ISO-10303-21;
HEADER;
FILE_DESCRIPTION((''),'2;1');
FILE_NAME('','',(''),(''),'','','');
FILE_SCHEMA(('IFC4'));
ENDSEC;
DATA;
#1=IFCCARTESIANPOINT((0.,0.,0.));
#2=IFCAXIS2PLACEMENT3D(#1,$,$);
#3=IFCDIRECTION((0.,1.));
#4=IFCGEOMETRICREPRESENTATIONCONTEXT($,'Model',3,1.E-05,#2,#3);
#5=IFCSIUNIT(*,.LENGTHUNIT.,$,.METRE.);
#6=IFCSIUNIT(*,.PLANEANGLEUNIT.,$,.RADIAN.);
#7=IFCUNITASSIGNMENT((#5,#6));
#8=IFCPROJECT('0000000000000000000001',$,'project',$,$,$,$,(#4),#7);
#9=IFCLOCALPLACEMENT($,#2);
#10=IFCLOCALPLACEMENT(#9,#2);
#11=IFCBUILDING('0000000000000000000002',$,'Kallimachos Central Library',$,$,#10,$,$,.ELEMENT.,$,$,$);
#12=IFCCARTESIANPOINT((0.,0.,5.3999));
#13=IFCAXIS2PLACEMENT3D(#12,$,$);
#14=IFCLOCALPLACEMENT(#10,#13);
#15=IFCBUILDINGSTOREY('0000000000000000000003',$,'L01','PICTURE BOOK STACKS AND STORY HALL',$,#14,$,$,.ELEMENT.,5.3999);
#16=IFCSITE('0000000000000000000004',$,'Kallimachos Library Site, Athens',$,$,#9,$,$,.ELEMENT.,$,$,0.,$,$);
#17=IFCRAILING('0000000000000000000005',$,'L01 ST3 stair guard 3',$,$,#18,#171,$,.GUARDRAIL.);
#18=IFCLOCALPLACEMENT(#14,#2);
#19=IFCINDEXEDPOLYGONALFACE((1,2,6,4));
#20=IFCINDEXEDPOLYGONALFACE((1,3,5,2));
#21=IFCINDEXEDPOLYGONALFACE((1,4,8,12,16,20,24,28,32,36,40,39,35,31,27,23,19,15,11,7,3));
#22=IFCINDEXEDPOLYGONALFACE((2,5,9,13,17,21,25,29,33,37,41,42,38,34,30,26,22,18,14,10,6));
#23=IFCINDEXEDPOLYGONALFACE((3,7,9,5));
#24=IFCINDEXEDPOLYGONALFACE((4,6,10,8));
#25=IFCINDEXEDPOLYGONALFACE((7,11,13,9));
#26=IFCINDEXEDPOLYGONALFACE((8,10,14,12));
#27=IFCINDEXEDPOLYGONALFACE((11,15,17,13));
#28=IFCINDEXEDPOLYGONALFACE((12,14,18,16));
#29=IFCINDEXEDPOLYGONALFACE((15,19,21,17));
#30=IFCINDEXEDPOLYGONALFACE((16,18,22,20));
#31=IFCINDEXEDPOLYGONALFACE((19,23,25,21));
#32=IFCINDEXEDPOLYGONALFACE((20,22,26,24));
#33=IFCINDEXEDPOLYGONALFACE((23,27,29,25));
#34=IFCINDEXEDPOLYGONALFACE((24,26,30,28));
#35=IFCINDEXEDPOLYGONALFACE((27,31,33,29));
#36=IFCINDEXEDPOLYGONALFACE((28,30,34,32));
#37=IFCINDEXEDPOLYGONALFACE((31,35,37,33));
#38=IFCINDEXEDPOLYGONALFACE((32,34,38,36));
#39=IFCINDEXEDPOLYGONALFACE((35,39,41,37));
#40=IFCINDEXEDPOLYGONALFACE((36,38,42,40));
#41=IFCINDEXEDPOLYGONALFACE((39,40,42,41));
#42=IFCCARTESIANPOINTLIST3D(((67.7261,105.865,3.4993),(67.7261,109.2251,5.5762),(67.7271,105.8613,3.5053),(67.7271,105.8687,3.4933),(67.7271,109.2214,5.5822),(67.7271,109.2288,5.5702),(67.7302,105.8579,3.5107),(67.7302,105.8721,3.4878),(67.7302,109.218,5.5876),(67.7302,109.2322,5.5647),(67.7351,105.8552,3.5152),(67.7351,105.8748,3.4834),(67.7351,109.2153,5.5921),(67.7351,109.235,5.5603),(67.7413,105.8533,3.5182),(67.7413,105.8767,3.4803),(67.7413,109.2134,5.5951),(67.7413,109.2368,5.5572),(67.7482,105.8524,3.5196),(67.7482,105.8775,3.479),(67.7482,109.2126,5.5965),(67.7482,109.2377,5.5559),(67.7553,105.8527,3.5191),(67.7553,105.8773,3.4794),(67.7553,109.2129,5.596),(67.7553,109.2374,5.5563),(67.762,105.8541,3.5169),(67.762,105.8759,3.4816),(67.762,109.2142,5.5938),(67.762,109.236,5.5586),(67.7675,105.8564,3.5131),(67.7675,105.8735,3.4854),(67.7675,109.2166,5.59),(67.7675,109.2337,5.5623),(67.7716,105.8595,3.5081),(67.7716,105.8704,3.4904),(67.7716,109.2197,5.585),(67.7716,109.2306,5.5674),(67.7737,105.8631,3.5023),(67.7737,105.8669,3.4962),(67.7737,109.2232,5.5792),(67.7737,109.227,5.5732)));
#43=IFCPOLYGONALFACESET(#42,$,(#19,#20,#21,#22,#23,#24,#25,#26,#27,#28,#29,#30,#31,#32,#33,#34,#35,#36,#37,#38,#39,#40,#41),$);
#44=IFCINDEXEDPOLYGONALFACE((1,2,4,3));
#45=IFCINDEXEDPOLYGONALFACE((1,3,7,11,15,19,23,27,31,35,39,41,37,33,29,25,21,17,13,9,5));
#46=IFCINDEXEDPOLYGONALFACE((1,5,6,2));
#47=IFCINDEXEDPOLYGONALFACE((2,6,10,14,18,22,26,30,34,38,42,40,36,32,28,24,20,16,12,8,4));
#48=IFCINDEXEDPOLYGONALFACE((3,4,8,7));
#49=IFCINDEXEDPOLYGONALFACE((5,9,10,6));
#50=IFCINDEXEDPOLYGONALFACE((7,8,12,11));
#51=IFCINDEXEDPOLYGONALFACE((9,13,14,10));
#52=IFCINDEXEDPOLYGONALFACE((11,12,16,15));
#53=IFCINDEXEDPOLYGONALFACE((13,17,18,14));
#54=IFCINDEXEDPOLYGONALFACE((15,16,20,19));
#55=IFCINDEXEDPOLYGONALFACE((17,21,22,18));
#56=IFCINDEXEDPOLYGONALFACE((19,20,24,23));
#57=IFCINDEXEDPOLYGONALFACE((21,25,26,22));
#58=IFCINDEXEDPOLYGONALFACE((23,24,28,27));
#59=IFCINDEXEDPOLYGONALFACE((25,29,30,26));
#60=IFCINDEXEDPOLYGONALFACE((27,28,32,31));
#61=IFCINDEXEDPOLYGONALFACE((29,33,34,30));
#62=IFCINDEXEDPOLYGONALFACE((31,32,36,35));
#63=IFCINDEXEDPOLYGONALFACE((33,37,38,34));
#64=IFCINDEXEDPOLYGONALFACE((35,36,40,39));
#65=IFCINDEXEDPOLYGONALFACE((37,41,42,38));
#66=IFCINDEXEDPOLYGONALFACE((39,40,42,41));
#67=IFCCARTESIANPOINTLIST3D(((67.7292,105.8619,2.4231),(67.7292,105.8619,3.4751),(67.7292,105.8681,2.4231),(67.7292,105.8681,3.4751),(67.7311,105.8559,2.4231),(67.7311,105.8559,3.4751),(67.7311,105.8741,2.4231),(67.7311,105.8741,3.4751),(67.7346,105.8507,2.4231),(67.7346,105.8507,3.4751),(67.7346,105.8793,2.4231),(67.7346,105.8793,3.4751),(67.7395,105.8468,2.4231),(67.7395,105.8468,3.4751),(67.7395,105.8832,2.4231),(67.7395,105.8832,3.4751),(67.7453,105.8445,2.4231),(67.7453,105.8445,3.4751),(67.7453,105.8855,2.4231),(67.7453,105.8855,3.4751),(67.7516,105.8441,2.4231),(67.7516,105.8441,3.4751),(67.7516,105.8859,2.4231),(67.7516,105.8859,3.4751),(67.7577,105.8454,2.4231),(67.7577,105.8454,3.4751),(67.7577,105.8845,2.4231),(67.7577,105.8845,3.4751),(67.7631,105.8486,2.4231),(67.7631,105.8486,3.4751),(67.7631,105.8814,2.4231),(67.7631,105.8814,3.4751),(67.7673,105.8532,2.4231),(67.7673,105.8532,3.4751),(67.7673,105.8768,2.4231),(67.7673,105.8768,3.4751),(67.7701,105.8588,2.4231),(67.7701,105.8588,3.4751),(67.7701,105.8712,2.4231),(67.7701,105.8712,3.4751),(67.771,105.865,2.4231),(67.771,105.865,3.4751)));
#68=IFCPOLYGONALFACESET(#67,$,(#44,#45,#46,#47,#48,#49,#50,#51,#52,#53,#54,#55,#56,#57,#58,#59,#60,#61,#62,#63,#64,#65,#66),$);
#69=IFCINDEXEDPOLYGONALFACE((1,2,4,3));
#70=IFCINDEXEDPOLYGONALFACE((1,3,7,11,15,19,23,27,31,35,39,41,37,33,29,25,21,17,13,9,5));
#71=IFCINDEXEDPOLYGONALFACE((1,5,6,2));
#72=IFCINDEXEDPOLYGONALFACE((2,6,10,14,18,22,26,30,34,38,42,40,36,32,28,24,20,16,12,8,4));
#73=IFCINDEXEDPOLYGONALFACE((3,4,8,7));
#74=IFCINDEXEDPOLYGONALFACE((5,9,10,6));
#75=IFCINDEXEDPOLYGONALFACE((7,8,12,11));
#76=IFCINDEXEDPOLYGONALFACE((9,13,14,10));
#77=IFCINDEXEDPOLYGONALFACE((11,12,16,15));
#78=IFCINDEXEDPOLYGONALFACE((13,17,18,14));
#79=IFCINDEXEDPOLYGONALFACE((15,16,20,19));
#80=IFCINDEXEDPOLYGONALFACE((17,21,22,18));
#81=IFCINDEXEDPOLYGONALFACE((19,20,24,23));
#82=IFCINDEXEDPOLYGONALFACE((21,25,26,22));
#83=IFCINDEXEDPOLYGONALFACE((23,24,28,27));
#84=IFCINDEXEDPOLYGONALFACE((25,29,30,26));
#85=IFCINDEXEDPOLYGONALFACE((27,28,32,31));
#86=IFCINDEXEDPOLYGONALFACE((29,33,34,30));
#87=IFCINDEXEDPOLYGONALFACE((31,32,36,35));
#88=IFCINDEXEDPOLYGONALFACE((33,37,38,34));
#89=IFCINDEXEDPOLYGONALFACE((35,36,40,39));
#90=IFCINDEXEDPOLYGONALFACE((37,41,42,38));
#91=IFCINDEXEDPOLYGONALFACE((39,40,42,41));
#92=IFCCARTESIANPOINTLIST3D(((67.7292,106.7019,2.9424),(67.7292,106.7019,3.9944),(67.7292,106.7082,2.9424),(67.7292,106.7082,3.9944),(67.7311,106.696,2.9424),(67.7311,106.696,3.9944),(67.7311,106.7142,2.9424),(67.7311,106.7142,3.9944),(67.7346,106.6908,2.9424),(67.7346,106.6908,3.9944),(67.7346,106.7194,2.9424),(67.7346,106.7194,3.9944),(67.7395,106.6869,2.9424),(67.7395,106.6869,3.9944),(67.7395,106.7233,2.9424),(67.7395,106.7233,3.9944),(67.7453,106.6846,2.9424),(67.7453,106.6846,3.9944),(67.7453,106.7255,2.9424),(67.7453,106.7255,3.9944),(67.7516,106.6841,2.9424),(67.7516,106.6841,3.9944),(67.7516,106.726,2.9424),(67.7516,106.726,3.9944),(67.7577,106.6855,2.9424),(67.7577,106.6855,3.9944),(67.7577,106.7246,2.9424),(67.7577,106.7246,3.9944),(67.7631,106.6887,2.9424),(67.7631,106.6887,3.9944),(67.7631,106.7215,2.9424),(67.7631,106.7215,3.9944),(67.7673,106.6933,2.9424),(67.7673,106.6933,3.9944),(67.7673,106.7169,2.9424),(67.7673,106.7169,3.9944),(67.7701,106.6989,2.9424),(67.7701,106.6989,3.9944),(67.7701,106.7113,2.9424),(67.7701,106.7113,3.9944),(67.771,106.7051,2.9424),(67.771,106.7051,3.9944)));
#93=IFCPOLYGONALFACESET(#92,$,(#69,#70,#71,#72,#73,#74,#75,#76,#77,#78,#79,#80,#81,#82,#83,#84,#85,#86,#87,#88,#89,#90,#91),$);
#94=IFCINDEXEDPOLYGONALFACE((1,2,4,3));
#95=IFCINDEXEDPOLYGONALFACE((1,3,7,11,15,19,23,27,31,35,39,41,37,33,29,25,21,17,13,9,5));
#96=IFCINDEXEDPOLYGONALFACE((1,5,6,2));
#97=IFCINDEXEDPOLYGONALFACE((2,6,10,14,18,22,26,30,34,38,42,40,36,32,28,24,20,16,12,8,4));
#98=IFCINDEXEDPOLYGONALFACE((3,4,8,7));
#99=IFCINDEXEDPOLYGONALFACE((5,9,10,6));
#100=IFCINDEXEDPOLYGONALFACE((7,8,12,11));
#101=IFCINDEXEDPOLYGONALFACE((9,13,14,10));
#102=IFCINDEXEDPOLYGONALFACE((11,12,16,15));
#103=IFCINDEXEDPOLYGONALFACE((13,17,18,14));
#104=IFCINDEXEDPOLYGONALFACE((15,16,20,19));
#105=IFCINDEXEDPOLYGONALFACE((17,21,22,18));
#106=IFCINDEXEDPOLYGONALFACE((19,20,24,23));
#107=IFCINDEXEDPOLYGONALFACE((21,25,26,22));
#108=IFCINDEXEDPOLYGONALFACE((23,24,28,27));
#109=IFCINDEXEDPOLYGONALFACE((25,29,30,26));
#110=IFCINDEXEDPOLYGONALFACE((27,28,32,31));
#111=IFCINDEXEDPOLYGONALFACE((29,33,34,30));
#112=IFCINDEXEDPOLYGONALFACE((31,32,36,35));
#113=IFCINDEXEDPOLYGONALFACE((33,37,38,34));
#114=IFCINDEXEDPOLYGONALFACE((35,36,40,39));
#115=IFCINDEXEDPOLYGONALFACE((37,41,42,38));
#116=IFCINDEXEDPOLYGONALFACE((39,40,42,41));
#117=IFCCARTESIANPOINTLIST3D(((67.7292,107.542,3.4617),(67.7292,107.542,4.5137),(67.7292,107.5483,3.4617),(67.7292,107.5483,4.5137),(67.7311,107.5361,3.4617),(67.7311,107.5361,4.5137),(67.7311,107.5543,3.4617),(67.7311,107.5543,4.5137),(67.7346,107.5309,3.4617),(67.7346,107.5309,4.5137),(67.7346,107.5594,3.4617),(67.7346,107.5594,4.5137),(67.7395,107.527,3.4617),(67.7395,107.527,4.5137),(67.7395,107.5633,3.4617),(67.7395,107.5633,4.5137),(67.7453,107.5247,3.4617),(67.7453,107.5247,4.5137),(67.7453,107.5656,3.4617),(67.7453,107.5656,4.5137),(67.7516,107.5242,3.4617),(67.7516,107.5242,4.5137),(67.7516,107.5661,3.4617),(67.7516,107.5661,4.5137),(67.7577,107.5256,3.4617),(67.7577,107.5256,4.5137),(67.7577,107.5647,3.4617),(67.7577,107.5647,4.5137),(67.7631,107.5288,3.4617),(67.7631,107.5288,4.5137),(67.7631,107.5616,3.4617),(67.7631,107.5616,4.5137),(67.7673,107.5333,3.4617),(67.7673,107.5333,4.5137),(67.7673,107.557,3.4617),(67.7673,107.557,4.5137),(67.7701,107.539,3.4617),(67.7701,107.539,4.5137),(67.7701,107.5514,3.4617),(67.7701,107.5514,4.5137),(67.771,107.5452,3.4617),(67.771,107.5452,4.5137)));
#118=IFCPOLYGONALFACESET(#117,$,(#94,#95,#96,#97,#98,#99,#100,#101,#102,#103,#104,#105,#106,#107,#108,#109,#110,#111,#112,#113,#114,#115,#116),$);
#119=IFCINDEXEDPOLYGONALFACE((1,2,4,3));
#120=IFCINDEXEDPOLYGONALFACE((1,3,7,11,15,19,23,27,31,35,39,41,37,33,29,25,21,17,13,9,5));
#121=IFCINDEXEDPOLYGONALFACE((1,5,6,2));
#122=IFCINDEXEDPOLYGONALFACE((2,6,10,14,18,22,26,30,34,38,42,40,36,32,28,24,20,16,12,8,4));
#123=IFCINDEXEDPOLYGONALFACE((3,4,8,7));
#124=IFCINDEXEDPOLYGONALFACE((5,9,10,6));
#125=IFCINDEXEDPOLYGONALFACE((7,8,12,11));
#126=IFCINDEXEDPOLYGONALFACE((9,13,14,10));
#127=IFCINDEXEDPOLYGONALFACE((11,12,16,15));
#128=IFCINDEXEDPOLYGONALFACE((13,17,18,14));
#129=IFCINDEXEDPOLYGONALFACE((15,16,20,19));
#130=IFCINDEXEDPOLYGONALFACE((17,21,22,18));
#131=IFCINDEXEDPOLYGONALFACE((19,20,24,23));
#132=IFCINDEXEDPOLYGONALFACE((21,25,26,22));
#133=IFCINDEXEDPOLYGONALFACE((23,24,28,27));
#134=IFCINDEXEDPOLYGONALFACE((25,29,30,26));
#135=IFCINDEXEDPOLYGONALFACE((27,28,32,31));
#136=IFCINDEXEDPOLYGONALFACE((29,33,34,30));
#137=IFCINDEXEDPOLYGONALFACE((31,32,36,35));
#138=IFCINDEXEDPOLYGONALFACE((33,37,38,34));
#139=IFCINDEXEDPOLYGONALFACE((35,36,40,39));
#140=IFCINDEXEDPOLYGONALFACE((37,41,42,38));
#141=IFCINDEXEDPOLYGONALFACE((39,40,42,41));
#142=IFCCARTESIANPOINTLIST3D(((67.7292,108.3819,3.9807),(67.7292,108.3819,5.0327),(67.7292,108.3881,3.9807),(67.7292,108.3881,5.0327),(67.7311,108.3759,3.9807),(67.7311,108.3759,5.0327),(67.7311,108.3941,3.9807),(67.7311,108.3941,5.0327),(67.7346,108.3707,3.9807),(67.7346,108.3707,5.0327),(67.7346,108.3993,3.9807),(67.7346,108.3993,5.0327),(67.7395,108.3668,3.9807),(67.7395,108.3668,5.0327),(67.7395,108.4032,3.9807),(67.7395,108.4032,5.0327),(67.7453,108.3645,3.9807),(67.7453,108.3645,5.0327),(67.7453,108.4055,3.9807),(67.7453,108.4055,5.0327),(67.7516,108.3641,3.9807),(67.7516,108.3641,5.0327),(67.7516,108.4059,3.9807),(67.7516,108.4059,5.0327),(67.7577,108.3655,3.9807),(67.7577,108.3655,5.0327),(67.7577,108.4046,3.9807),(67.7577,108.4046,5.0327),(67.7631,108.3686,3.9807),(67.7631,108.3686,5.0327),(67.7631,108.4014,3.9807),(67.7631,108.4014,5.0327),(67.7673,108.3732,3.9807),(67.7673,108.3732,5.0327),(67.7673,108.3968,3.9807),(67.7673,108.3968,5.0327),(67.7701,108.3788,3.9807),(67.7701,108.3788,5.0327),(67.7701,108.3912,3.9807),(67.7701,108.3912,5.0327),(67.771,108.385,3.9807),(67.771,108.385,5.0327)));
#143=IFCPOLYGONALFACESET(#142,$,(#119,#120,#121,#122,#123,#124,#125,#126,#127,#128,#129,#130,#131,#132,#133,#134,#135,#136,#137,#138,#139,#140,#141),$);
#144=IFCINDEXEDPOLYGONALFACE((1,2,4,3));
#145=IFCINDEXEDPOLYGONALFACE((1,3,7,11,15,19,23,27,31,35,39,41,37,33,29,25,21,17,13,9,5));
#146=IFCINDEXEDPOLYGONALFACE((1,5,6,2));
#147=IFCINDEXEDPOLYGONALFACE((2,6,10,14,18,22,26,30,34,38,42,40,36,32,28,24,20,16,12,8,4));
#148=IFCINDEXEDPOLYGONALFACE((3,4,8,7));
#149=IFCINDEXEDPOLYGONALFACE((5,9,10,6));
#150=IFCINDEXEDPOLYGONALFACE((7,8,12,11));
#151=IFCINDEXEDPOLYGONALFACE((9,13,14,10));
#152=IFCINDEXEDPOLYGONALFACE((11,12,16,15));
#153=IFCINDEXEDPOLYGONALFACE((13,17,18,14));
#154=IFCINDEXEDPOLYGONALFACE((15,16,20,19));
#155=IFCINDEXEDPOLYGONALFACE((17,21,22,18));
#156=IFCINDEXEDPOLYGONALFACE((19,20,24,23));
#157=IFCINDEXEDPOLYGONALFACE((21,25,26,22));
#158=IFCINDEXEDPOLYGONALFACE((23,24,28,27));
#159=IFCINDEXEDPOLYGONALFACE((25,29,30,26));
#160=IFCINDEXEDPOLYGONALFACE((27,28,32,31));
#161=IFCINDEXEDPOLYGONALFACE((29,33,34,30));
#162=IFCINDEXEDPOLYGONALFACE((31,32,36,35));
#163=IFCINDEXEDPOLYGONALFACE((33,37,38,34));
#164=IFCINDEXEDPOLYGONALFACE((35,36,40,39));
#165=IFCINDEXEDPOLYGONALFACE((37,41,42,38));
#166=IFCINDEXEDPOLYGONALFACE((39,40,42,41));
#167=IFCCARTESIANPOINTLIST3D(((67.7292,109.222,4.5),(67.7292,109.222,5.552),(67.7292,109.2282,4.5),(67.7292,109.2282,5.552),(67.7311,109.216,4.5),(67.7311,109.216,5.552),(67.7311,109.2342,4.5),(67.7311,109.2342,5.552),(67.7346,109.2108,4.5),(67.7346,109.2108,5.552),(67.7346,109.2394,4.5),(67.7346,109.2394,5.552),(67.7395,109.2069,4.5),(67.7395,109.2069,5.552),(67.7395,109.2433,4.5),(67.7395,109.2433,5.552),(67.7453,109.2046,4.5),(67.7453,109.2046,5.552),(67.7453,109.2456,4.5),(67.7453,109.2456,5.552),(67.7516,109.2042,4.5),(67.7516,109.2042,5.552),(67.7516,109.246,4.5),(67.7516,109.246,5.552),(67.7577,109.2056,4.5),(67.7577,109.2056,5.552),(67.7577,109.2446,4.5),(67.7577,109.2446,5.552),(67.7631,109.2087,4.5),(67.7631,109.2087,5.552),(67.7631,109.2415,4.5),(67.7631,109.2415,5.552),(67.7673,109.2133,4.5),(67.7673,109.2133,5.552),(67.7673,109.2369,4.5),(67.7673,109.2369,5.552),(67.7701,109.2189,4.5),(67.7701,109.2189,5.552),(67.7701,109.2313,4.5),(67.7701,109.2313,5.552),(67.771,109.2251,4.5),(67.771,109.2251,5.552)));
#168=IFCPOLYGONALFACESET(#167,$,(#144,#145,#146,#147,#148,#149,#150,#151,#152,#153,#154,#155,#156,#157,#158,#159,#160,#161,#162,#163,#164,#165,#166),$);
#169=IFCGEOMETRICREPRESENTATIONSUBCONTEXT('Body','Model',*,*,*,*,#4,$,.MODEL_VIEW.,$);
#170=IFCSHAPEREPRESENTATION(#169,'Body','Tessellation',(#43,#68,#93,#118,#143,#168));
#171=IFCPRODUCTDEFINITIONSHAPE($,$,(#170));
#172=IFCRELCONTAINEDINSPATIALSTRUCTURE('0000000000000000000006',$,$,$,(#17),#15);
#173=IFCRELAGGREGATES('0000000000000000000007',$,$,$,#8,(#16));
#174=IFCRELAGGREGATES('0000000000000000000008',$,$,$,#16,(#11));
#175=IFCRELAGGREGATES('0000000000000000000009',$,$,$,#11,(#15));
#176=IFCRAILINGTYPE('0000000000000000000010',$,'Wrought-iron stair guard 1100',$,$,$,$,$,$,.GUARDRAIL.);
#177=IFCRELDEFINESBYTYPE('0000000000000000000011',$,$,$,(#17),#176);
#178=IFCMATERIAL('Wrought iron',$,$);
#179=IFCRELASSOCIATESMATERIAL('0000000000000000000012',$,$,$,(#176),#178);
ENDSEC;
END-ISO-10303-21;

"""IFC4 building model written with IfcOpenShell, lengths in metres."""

from ifc_helpers import new_model, si_unit, direction, frame, origin, origin_2d, place, context, subcontext, project, spatial, circle, extrude, material, type_object, element, save


model = new_model("IFC4")

# Units and contexts
model_context = context("Model", 3, precision=1e-05, world=origin(), true_north=direction((0.0, 1.0)))
body_context = subcontext(model_context, "Body", "Model", "MODEL_VIEW")
ifc_project = project(units=[si_unit("LENGTHUNIT", "METRE"), si_unit("PLANEANGLEUNIT", "RADIAN")], contexts=[model_context])

# Site, building, storey
site_placement = place(None, origin())
site = spatial("IfcSite", under=ifc_project, at=site_placement, Name="Kallimachos Library Site, Athens", CompositionType="ELEMENT", RefElevation=0.0)
building_placement = place(site_placement, origin())
building = spatial("IfcBuilding", under=site, at=building_placement, Name="Kallimachos Central Library", CompositionType="ELEMENT")
storey_placement = place(building_placement, frame((0.0, 0.0, 5.3999)))
storey = spatial("IfcBuildingStorey", under=building, at=storey_placement, Name="L01", Description="PICTURE BOOK STACKS AND STORY HALL", CompositionType="ELEMENT", Elevation=5.3999)

# Railing
ifc_material_1 = material(Name="Wrought iron")
railing_type_1 = type_object("IfcRailingType", Name="Wrought-iron stair guard 1100", PredefinedType="GUARDRAIL", material=ifc_material_1)
railing_1_placement = place(storey_placement, frame((67.75, 105.865, 2.4231)))
element("IfcRailing", 1, at=railing_1_placement, inside=storey, type_object=railing_type_1, Name="L01 ST3 stair guard 3", PredefinedType="GUARDRAIL", context=body_context, shape_type="SweptSolid", body=[
    extrude(circle(Radius=0.0239, at=origin_2d()), frame((0.0, 0.0, 1.0762), z_axis=(0.0, 0.850623, 0.525776), x_axis=(-1.0, 0.0, 0.0)), (0.0, 0.0, 1.0), 3.9502),
    extrude(circle(Radius=0.021, at=origin_2d()), origin(), (0.0, 0.0, 1.0), 1.052),
    extrude(circle(Radius=0.021, at=origin_2d()), frame((0.0, 0.8401, 0.5193)), (0.0, 0.0, 1.0), 1.052),
    extrude(circle(Radius=0.021, at=origin_2d()), frame((0.0, 1.6802, 1.0386)), (0.0, 0.0, 1.0), 1.052),
    extrude(circle(Radius=0.021, at=origin_2d()), frame((0.0, 2.52, 1.5576)), (0.0, 0.0, 1.0), 1.052),
    extrude(circle(Radius=0.021, at=origin_2d()), frame((0.0, 3.3601, 2.0769)), (0.0, 0.0, 1.0), 1.052),
])

save(model, "model.ifc")
